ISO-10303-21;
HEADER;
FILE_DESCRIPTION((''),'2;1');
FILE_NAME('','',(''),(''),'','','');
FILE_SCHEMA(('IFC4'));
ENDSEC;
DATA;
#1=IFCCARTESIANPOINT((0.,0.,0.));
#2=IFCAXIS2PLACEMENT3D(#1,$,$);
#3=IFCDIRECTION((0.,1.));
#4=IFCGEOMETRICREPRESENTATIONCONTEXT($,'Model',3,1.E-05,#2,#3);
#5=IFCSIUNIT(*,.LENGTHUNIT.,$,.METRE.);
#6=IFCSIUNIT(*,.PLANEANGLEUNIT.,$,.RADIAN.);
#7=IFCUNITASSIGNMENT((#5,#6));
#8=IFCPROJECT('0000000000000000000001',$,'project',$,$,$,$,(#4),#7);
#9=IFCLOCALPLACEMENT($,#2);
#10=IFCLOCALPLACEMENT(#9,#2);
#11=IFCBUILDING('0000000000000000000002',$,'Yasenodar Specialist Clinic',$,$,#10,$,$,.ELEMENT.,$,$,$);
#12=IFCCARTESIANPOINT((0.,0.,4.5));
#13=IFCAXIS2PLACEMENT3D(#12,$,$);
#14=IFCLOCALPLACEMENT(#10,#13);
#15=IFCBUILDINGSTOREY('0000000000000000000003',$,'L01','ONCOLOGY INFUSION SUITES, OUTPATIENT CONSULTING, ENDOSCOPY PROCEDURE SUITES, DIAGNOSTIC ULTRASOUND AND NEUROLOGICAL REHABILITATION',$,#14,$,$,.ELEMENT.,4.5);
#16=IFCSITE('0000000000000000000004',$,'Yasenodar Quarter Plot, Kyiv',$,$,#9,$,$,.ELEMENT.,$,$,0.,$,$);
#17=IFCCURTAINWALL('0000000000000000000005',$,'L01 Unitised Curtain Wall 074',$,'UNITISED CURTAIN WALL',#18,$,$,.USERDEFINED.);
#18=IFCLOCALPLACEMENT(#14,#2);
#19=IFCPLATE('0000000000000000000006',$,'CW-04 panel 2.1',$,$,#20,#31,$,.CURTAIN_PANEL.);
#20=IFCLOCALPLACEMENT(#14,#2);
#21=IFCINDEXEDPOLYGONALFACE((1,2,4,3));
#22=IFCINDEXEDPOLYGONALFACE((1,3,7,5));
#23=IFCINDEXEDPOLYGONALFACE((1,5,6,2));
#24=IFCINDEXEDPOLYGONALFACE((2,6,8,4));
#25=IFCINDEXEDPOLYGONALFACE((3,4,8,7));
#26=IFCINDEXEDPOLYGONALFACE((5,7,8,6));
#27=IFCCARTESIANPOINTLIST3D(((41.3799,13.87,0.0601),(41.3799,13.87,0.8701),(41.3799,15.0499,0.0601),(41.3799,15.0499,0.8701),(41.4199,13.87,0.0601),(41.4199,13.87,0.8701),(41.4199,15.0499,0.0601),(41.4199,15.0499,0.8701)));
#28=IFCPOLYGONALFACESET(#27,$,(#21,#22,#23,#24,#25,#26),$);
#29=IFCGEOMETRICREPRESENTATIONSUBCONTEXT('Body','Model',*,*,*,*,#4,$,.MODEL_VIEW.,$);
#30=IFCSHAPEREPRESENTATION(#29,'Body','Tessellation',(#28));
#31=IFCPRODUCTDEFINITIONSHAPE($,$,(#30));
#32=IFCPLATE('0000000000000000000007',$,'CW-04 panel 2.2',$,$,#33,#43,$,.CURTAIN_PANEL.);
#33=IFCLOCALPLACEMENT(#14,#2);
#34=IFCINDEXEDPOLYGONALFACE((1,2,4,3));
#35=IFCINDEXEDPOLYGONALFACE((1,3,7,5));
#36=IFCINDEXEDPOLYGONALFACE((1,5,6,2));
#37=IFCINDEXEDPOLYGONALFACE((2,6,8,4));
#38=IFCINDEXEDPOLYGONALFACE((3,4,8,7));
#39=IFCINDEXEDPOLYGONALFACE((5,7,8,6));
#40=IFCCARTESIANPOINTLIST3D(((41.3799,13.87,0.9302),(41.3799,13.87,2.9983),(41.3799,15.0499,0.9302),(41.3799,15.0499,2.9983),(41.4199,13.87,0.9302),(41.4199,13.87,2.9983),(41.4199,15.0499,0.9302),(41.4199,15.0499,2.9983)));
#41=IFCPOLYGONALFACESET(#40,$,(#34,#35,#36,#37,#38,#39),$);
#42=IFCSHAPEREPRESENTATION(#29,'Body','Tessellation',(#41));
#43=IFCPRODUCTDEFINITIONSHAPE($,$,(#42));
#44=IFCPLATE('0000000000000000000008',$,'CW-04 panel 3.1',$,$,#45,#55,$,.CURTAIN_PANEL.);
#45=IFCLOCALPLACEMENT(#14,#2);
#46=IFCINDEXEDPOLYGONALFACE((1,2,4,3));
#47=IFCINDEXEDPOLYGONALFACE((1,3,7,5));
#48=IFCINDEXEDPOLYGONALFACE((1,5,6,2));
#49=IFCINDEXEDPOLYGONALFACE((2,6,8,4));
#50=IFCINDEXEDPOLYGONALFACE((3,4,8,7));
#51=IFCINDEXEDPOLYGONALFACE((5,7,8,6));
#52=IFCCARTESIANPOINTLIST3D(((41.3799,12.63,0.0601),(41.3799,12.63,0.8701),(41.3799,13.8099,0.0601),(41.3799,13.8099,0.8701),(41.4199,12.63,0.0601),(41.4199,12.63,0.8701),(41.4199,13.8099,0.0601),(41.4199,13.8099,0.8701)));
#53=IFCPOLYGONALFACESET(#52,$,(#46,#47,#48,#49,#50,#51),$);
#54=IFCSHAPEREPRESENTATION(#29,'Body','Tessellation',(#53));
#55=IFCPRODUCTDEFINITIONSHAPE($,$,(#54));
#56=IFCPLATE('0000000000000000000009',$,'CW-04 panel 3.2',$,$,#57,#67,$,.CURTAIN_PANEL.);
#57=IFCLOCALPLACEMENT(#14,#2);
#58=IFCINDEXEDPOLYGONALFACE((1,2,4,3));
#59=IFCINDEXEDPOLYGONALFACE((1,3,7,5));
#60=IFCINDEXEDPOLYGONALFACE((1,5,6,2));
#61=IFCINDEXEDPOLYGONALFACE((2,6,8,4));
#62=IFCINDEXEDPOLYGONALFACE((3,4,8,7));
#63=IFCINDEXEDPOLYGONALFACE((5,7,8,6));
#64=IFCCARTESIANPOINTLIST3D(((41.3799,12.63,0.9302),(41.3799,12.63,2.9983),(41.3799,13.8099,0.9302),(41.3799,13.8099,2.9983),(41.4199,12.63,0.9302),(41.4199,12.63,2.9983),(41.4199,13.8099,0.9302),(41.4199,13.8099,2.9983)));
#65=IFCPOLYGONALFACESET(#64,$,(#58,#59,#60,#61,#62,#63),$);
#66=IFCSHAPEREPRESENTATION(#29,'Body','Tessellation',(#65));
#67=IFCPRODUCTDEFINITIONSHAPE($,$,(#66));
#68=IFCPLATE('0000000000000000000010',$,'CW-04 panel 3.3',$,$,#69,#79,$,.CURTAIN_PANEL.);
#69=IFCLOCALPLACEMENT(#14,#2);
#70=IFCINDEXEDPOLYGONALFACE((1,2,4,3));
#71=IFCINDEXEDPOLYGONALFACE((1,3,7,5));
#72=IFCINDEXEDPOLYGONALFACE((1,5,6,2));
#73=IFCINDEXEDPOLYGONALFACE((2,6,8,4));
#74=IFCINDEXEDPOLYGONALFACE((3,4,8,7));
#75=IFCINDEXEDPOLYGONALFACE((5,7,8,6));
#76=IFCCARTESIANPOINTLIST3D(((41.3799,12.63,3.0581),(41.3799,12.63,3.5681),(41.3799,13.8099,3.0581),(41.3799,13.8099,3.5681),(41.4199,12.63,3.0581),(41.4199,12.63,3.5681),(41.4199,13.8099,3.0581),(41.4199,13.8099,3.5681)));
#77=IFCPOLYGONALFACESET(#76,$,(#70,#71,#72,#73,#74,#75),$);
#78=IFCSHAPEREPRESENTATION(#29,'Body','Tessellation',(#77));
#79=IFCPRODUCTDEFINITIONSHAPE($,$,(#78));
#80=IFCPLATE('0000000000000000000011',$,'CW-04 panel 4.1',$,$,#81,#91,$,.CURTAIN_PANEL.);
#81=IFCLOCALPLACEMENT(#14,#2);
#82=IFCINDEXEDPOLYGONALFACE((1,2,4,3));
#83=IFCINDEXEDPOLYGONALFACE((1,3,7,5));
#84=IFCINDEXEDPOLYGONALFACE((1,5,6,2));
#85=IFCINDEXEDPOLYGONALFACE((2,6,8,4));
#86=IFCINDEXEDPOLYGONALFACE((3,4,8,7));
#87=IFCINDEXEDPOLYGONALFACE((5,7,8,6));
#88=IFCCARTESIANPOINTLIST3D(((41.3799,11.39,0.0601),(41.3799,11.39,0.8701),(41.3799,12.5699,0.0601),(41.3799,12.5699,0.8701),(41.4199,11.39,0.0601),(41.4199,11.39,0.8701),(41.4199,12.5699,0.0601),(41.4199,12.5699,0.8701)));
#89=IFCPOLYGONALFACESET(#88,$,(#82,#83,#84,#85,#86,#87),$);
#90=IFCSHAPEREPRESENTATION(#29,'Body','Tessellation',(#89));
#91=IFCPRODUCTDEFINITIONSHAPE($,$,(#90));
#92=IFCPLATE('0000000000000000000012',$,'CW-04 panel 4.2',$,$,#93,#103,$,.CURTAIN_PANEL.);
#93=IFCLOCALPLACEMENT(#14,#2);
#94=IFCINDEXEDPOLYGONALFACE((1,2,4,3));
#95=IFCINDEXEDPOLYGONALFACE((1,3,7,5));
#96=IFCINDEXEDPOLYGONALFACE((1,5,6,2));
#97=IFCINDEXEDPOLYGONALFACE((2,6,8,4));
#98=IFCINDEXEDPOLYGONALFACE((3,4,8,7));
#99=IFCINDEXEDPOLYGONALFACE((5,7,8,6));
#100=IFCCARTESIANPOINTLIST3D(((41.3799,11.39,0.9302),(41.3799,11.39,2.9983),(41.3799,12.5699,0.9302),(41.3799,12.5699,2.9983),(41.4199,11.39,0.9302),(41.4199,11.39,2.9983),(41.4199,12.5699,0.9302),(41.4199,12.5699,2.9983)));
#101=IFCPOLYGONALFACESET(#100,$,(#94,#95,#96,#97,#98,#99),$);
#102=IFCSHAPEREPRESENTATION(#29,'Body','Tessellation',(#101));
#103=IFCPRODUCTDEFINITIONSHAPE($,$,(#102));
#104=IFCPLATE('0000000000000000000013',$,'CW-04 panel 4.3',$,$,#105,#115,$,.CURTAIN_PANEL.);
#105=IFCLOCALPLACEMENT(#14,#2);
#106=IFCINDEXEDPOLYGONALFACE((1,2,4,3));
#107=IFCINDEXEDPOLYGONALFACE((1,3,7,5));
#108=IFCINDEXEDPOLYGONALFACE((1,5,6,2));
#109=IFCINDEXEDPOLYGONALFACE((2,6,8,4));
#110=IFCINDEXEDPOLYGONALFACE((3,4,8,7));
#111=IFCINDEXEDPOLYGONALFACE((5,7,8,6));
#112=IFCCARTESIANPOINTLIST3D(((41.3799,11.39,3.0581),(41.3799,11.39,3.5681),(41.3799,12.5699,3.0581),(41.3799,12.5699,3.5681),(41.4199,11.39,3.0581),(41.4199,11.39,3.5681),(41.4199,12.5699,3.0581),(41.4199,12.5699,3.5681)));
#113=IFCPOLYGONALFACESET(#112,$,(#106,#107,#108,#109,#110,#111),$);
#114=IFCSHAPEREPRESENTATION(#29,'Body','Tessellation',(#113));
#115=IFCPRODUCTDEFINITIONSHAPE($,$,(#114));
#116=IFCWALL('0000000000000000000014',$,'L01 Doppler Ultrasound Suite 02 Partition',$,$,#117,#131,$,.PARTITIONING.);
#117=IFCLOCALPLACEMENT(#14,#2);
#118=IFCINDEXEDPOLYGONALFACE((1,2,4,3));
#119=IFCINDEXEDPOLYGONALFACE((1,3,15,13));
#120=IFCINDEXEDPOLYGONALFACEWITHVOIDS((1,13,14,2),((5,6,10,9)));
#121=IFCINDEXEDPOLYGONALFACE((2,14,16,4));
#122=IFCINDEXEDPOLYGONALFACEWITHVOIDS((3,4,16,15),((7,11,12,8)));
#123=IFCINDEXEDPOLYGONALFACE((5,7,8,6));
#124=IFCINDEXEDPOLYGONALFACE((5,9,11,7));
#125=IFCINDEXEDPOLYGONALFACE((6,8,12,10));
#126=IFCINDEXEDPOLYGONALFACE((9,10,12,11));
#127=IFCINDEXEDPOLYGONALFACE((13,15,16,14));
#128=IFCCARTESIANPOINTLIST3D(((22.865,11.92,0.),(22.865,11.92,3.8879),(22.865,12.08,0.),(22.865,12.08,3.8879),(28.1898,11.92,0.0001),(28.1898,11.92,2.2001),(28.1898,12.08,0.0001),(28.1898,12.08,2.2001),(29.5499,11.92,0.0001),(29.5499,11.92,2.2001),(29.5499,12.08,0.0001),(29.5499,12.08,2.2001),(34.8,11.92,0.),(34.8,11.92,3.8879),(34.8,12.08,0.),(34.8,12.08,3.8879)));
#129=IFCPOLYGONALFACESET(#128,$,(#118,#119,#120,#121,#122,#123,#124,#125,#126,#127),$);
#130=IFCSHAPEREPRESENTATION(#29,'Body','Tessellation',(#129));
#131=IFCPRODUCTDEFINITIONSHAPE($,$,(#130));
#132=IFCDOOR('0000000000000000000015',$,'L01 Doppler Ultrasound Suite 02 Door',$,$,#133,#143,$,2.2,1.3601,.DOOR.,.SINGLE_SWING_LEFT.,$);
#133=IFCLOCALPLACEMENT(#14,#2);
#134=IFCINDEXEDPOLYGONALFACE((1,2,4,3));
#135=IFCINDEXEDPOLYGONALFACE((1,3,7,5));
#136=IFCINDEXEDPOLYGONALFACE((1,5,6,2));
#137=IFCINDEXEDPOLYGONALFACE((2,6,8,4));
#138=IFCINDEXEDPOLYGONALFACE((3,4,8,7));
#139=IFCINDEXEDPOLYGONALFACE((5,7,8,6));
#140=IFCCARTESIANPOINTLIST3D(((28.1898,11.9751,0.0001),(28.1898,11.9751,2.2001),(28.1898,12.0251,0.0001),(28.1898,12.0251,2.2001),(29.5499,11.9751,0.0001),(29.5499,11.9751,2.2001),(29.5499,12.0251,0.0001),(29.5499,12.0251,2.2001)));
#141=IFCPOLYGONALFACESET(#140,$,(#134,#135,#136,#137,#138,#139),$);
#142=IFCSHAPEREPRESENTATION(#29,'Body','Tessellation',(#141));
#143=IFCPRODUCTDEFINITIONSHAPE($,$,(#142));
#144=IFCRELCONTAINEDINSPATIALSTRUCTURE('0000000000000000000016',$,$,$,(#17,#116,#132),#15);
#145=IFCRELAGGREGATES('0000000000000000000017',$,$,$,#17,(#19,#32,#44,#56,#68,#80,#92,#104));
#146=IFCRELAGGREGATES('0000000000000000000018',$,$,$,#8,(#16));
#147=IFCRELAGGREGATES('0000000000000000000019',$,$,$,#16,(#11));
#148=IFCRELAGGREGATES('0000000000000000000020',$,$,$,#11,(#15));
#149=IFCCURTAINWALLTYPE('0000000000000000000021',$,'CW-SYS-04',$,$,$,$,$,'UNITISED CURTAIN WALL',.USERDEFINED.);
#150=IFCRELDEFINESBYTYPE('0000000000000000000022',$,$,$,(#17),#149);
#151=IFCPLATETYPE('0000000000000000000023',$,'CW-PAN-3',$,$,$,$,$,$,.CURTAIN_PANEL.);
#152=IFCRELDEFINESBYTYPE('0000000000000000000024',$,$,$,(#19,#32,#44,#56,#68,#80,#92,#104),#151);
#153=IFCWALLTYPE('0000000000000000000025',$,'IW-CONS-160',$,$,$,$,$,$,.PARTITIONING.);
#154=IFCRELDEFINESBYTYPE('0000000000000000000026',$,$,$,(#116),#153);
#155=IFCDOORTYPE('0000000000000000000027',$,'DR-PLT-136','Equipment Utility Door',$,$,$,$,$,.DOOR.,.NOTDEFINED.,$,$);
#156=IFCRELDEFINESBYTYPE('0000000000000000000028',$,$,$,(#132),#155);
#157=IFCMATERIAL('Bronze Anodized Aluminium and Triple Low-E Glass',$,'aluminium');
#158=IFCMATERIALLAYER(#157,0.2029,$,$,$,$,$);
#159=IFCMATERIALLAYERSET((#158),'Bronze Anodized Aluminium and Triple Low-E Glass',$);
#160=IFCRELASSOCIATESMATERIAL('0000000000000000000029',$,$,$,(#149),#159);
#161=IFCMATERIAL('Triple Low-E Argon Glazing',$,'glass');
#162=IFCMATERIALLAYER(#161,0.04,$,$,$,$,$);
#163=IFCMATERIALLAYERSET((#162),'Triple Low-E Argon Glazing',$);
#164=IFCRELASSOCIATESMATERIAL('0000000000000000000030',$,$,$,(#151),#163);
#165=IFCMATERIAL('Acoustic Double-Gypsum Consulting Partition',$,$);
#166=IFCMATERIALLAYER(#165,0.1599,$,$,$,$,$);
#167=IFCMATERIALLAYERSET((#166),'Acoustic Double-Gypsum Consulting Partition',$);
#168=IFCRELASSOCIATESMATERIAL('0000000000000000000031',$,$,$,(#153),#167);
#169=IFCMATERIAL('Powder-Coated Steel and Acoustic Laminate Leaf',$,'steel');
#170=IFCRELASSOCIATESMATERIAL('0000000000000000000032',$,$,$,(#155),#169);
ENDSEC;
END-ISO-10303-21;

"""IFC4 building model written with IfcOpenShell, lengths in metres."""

from ifc_helpers import new_model, si_unit, direction, frame, frame_2d, origin, origin_2d, place, context, subcontext, project, spatial, rectangle, extrude, material, layer, layer_set, type_object, element, fill, aggregate, save


model = new_model("IFC4")

# Units and contexts
model_context = context("Model", 3, precision=1e-05, world=origin(), true_north=direction((0.0, 1.0)))
body_context = subcontext(model_context, "Body", "Model", "MODEL_VIEW")
ifc_project = project(units=[si_unit("LENGTHUNIT", "METRE"), si_unit("PLANEANGLEUNIT", "RADIAN")], contexts=[model_context])

# Site, building, storey
site_placement = place(None, origin())
site = spatial("IfcSite", under=ifc_project, at=site_placement, Name="Yasenodar Quarter Plot, Kyiv", CompositionType="ELEMENT", RefElevation=0.0)
building_placement = place(site_placement, origin())
building = spatial("IfcBuilding", under=site, at=building_placement, Name="Yasenodar Specialist Clinic", CompositionType="ELEMENT")
storey_placement = place(building_placement, frame((0.0, 0.0, 4.5)))
storey = spatial("IfcBuildingStorey", under=building, at=storey_placement, Name="L01", Description="ONCOLOGY INFUSION SUITES, OUTPATIENT CONSULTING, ENDOSCOPY PROCEDURE SUITES, DIAGNOSTIC ULTRASOUND AND NEUROLOGICAL REHABILITATION", CompositionType="ELEMENT", Elevation=4.5)

# Curtain wall, plates
ifc_material_1 = material(Name="Bronze Anodized Aluminium and Triple Low-E Glass", Category="aluminium")
ifc_layer_1 = layer(ifc_material_1, 0.2029)
ifc_layer_set_1 = layer_set([ifc_layer_1], Name="Bronze Anodized Aluminium and Triple Low-E Glass")
curtain_wall_type = type_object("IfcCurtainWallType", Name="CW-SYS-04", ElementType="UNITISED CURTAIN WALL", PredefinedType="USERDEFINED", material=ifc_layer_set_1)
curtain_wall_placement = place(storey_placement, origin())
curtain_wall = element("IfcCurtainWall", 1, at=curtain_wall_placement, inside=storey, type_object=curtain_wall_type, Name="L01 Unitised Curtain Wall 074", ObjectType="UNITISED CURTAIN WALL", PredefinedType="USERDEFINED")
ifc_material_2 = material(Name="Triple Low-E Argon Glazing", Category="glass")
ifc_layer_2 = layer(ifc_material_2, 0.04)
ifc_layer_set_2 = layer_set([ifc_layer_2], Name="Triple Low-E Argon Glazing")
plate_type = type_object("IfcPlateType", Name="CW-PAN-3", PredefinedType="CURTAIN_PANEL", material=ifc_layer_set_2)
plate_1_placement = place(storey_placement, frame((41.3999, 14.46, 0.0601), z_axis=(0.0, 0.0, 1.0), x_axis=(0.0, -1.0, 0.0)))
plate_1 = element("IfcPlate", 2, at=plate_1_placement, type_object=plate_type, Name="CW-04 panel 2.1", PredefinedType="CURTAIN_PANEL", context=body_context, shape_type="SweptSolid", body=[
    extrude(rectangle(XDim=1.1799, YDim=0.04, at=origin_2d()), origin(), (0.0, 0.0, 1.0), 0.8101),
])
plate_2_placement = place(storey_placement, frame((41.3999, 14.46, 0.9302), z_axis=(0.0, 0.0, 1.0), x_axis=(0.0, -1.0, 0.0)))
plate_2 = element("IfcPlate", 3, at=plate_2_placement, type_object=plate_type, Name="CW-04 panel 2.2", PredefinedType="CURTAIN_PANEL", context=body_context, shape_type="SweptSolid", body=[
    extrude(rectangle(XDim=1.1799, YDim=0.04, at=origin_2d()), origin(), (0.0, 0.0, 1.0), 2.0681),
])
plate_3_placement = place(storey_placement, frame((41.3999, 13.22, 0.0601), z_axis=(0.0, 0.0, 1.0), x_axis=(0.0, -1.0, 0.0)))
plate_3 = element("IfcPlate", 4, at=plate_3_placement, type_object=plate_type, Name="CW-04 panel 3.1", PredefinedType="CURTAIN_PANEL", context=body_context, shape_type="SweptSolid", body=[
    extrude(rectangle(XDim=1.1799, YDim=0.04, at=origin_2d()), origin(), (0.0, 0.0, 1.0), 0.8101),
])
plate_4_placement = place(storey_placement, frame((41.3999, 13.22, 0.9302), z_axis=(0.0, 0.0, 1.0), x_axis=(0.0, -1.0, 0.0)))
plate_4 = element("IfcPlate", 5, at=plate_4_placement, type_object=plate_type, Name="CW-04 panel 3.2", PredefinedType="CURTAIN_PANEL", context=body_context, shape_type="SweptSolid", body=[
    extrude(rectangle(XDim=1.1799, YDim=0.04, at=origin_2d()), origin(), (0.0, 0.0, 1.0), 2.0681),
])
plate_5_placement = place(storey_placement, frame((41.3999, 13.22, 3.0581), z_axis=(0.0, 0.0, 1.0), x_axis=(0.0, -1.0, 0.0)))
plate_5 = element("IfcPlate", 6, at=plate_5_placement, type_object=plate_type, Name="CW-04 panel 3.3", PredefinedType="CURTAIN_PANEL", context=body_context, shape_type="SweptSolid", body=[
    extrude(rectangle(XDim=1.1799, YDim=0.04, at=origin_2d()), origin(), (0.0, 0.0, 1.0), 0.51),
])
plate_6_placement = place(storey_placement, frame((41.3999, 11.98, 0.0601), z_axis=(0.0, 0.0, 1.0), x_axis=(0.0, -1.0, 0.0)))
plate_6 = element("IfcPlate", 7, at=plate_6_placement, type_object=plate_type, Name="CW-04 panel 4.1", PredefinedType="CURTAIN_PANEL", context=body_context, shape_type="SweptSolid", body=[
    extrude(rectangle(XDim=1.1799, YDim=0.04, at=origin_2d()), origin(), (0.0, 0.0, 1.0), 0.8101),
])
plate_7_placement = place(storey_placement, frame((41.3999, 11.98, 0.9302), z_axis=(0.0, 0.0, 1.0), x_axis=(0.0, -1.0, 0.0)))
plate_7 = element("IfcPlate", 8, at=plate_7_placement, type_object=plate_type, Name="CW-04 panel 4.2", PredefinedType="CURTAIN_PANEL", context=body_context, shape_type="SweptSolid", body=[
    extrude(rectangle(XDim=1.1799, YDim=0.04, at=origin_2d()), origin(), (0.0, 0.0, 1.0), 2.0681),
])
plate_8_placement = place(storey_placement, frame((41.3999, 11.98, 3.0581), z_axis=(0.0, 0.0, 1.0), x_axis=(0.0, -1.0, 0.0)))
plate_8 = element("IfcPlate", 9, at=plate_8_placement, type_object=plate_type, Name="CW-04 panel 4.3", PredefinedType="CURTAIN_PANEL", context=body_context, shape_type="SweptSolid", body=[
    extrude(rectangle(XDim=1.1799, YDim=0.04, at=origin_2d()), origin(), (0.0, 0.0, 1.0), 0.51),
])
aggregate(curtain_wall, [plate_1, plate_2, plate_3, plate_4, plate_5, plate_6, plate_7, plate_8])

# Wall, opening, door
ifc_material_3 = material(Name="Acoustic Double-Gypsum Consulting Partition")
ifc_layer_3 = layer(ifc_material_3, 0.1599)
ifc_layer_set_3 = layer_set([ifc_layer_3], Name="Acoustic Double-Gypsum Consulting Partition")
wall_type = type_object("IfcWallType", Name="IW-CONS-160", PredefinedType="PARTITIONING", material=ifc_layer_set_3)
wall_placement = place(storey_placement, frame((34.8, 12.0, 0.0), z_axis=(0.0, 0.0, 1.0), x_axis=(-1.0, 0.0, 0.0)))
wall = element("IfcWall", 10, at=wall_placement, inside=storey, type_object=wall_type, Name="L01 Doppler Ultrasound Suite 02 Partition", PredefinedType="PARTITIONING", context=body_context, shape_type="SweptSolid", body=[
    extrude(rectangle(XDim=11.9351, YDim=0.1599, at=frame_2d((5.9675, 0.0))), origin(), (0.0, 0.0, 1.0), 3.8879),
])
opening_placement = place(wall_placement, frame((5.25, 0.0, 0.0)))
opening = element("IfcOpeningElement", 11, at=opening_placement, cuts=wall, PredefinedType="OPENING", context=body_context, shape_type="SweptSolid", body=[
    extrude(rectangle(XDim=1.3601, YDim=2.2, at=frame_2d((0.6802, 1.1001))), frame((0.0, 0.0898, 0.0), z_axis=(0.0, -1.0, 0.0), x_axis=(1.0, 0.0, 0.0)), (0.0, 0.0, 1.0), 0.1799),
])
ifc_material_4 = material(Name="Powder-Coated Steel and Acoustic Laminate Leaf", Category="steel")
door_type = type_object("IfcDoorType", Name="DR-PLT-136", Description="Equipment Utility Door", OperationType="NOTDEFINED", PredefinedType="DOOR", material=ifc_material_4)
door_placement = place(opening_placement, origin())
door = element("IfcDoor", 12, at=door_placement, inside=storey, type_object=door_type, Name="L01 Doppler Ultrasound Suite 02 Door", OperationType="SINGLE_SWING_LEFT", OverallHeight=2.2, OverallWidth=1.3601, PredefinedType="DOOR", context=body_context, shape_type="SweptSolid", body=[
    extrude(rectangle(XDim=1.3601, YDim=2.2, at=frame_2d((0.6802, 1.1001))), frame((0.0, 0.0249, 0.0), z_axis=(0.0, -1.0, 0.0), x_axis=(1.0, 0.0, 0.0)), (0.0, 0.0, 1.0), 0.05),
])
fill(opening, door)

save(model, "model.ifc")
